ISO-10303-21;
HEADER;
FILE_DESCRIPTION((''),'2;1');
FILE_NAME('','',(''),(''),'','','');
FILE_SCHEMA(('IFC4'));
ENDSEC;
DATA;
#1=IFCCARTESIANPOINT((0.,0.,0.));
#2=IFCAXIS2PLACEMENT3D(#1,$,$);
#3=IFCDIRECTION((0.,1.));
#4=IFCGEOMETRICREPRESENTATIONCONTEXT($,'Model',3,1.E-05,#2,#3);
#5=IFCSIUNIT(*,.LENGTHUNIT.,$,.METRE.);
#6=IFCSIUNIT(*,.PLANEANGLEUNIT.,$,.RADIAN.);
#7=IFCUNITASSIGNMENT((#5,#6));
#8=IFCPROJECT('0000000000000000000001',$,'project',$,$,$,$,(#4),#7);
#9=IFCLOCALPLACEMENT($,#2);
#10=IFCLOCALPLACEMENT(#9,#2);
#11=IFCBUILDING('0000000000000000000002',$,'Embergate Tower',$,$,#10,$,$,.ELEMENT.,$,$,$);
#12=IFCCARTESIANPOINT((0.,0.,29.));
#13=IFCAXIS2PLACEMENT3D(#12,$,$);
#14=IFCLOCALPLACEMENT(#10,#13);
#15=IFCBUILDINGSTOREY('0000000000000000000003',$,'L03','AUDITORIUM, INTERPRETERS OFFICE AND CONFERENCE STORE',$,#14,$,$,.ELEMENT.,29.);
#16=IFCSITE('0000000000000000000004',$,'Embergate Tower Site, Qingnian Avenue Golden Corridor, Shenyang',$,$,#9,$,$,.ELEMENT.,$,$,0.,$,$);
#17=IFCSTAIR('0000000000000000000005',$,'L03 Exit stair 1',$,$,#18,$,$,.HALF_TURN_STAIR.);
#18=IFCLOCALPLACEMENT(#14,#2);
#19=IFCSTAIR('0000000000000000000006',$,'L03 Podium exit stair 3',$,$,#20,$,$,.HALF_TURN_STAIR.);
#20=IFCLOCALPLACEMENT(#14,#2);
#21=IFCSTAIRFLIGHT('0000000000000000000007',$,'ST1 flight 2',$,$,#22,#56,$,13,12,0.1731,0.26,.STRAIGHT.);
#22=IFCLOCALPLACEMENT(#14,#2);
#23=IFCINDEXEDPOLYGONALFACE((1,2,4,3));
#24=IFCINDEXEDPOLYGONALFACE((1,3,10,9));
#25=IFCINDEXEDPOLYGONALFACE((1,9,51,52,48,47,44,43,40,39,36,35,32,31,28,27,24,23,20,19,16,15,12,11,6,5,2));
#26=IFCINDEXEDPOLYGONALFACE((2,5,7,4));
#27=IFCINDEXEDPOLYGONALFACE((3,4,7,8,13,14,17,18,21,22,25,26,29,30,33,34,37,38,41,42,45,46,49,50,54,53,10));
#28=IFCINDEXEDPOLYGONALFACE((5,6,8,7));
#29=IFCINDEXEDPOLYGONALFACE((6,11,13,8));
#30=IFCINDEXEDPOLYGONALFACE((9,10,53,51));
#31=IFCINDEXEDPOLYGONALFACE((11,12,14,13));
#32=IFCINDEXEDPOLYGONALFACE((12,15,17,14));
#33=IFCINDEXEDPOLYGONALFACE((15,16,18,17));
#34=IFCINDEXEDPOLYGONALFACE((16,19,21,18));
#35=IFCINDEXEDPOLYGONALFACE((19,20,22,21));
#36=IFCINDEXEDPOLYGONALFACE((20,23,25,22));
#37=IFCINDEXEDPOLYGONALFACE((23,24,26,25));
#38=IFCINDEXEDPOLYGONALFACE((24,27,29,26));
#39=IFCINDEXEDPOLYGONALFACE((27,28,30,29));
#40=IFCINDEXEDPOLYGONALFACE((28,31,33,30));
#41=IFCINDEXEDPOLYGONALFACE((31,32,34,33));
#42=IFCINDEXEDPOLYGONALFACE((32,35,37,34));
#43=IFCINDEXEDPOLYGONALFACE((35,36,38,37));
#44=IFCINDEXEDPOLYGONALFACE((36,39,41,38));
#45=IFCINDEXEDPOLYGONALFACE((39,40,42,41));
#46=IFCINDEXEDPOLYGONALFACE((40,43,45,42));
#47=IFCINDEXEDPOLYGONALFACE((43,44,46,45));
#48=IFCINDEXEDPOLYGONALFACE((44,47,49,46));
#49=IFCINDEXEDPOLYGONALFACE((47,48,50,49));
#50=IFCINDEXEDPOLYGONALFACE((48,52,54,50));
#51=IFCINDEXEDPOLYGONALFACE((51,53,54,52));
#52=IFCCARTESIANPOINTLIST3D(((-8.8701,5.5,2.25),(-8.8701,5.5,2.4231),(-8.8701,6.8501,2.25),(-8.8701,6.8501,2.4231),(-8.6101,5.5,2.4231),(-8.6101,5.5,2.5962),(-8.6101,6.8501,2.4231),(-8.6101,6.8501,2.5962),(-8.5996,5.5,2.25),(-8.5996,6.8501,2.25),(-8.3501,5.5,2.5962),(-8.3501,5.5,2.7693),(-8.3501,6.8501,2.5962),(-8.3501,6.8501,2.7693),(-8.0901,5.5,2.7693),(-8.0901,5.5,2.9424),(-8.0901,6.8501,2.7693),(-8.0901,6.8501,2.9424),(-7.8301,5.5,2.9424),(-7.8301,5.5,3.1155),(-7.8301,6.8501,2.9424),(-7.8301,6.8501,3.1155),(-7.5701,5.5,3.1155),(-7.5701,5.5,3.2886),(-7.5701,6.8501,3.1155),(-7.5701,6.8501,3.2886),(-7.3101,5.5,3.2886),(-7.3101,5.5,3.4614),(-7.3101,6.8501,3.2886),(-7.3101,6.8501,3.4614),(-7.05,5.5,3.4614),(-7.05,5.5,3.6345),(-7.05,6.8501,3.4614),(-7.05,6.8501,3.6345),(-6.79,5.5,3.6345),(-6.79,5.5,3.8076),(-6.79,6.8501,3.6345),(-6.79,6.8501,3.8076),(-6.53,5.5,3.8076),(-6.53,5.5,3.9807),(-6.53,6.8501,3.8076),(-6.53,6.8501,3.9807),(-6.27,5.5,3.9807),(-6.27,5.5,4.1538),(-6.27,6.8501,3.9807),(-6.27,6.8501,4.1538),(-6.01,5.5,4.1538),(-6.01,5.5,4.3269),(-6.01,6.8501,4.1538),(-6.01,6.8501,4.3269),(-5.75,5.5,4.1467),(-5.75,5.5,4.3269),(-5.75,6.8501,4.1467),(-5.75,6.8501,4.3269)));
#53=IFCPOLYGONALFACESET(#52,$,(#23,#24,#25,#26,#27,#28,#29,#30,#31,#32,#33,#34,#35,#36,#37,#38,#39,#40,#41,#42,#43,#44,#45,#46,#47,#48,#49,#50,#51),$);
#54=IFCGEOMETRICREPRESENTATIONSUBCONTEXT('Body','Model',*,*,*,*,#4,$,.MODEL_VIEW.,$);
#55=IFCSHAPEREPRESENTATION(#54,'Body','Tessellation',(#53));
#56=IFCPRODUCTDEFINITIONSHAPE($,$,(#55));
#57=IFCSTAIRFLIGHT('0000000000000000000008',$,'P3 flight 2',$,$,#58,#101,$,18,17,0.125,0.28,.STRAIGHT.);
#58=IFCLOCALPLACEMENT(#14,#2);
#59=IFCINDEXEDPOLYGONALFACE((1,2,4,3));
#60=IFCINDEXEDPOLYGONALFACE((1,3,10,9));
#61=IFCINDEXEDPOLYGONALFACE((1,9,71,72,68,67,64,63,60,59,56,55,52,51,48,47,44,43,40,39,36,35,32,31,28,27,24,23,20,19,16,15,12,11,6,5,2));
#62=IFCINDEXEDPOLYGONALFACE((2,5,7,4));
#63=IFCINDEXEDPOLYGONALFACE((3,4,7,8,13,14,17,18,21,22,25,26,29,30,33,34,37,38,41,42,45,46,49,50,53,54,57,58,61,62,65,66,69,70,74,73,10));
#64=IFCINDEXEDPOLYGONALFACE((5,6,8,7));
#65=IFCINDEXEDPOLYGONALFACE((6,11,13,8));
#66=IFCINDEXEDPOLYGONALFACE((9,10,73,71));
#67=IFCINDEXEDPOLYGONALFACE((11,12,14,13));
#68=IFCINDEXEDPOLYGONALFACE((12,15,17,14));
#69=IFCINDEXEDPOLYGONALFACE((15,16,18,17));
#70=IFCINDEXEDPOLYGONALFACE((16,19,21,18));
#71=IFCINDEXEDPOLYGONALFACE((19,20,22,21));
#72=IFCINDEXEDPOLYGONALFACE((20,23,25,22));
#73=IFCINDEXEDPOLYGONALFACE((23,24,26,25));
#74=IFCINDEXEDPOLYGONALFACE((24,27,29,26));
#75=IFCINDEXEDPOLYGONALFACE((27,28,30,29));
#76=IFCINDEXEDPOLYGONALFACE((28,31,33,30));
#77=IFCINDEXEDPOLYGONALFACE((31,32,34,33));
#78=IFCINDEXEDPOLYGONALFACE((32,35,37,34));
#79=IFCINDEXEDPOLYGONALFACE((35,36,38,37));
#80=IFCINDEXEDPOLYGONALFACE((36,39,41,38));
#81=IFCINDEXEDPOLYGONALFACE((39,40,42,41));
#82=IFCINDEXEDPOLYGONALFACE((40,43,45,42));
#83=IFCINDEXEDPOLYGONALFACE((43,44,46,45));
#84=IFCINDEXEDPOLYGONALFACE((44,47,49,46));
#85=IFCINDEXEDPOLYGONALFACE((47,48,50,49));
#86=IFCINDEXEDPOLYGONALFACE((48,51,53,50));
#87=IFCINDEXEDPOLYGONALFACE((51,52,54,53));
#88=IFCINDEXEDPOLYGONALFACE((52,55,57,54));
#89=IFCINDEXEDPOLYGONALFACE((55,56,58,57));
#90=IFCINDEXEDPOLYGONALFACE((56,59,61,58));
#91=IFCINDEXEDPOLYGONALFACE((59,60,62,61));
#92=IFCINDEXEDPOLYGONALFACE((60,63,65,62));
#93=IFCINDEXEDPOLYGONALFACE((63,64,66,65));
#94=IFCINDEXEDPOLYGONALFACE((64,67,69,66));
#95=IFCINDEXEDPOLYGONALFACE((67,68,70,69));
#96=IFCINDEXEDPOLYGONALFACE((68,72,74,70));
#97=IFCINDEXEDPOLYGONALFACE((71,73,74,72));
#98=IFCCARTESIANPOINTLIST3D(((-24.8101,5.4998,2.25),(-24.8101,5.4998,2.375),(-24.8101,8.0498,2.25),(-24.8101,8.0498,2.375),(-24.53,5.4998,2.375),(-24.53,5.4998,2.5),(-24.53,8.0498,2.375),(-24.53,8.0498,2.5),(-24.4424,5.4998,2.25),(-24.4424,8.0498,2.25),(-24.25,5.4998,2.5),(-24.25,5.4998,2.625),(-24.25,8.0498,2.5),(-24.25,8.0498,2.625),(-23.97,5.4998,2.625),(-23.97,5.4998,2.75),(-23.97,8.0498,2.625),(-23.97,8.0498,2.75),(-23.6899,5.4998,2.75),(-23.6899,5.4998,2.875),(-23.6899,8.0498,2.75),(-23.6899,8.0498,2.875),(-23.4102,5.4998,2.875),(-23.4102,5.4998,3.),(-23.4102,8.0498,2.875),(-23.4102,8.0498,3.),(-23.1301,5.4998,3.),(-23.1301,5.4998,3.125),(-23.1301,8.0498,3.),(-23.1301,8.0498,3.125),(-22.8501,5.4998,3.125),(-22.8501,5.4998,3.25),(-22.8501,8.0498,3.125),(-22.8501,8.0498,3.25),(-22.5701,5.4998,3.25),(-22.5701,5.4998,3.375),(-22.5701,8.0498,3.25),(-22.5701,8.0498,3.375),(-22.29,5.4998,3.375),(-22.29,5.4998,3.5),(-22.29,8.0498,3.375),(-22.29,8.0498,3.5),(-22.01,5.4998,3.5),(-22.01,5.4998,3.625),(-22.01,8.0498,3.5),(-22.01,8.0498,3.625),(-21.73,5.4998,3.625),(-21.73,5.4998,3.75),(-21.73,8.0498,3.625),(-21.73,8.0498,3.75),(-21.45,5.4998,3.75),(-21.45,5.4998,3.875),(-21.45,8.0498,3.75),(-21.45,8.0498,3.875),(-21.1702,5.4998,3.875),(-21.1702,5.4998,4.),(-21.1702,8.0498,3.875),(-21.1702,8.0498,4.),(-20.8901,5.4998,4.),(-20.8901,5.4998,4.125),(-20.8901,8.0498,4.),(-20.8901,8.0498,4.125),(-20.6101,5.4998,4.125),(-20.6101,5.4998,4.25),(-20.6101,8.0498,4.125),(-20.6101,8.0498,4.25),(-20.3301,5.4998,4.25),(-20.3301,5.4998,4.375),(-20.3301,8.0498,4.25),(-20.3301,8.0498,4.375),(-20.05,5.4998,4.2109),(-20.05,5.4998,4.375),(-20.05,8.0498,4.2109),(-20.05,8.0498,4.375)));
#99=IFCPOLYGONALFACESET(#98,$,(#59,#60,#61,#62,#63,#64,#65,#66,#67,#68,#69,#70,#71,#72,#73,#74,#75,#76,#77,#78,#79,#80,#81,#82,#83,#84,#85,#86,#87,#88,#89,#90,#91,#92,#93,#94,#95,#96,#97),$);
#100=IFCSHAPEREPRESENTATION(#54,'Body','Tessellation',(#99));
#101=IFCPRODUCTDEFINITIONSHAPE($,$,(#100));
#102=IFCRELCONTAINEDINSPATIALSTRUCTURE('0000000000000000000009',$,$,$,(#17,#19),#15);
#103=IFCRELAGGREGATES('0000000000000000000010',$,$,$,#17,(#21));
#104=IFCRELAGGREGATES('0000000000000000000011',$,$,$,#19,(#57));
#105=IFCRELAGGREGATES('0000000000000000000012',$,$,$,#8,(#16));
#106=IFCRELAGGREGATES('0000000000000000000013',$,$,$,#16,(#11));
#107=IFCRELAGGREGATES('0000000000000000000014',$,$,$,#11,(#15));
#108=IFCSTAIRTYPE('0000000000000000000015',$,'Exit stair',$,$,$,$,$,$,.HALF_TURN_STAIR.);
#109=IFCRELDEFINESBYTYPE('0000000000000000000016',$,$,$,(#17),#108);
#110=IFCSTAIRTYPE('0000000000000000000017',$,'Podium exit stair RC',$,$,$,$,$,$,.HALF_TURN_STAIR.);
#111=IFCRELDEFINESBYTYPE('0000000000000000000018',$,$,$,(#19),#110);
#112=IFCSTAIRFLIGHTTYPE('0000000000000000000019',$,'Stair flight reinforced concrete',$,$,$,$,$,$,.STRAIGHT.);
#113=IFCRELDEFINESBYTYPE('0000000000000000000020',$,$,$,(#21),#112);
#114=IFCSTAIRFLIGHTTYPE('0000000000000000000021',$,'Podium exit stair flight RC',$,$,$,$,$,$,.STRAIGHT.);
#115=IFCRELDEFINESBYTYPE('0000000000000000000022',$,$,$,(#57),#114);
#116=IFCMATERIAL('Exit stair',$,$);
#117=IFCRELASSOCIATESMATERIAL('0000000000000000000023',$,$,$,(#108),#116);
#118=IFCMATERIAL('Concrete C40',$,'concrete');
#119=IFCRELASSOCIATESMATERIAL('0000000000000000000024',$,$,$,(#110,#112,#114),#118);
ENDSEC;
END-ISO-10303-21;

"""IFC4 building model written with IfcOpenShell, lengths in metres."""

from ifc_helpers import new_model, si_unit, direction, frame, origin, place, context, subcontext, project, spatial, polyline, outline, extrude, source, transform, mapped, material, type_object, element, aggregate, save


model = new_model("IFC4")

# Units and contexts
model_context = context("Model", 3, precision=1e-05, world=origin(), true_north=direction((0.0, 1.0)))
body_context = subcontext(model_context, "Body", "Model", "MODEL_VIEW")
ifc_project = project(units=[si_unit("LENGTHUNIT", "METRE"), si_unit("PLANEANGLEUNIT", "RADIAN")], contexts=[model_context])

# Site, building, storey
site_placement = place(None, origin())
site = spatial("IfcSite", under=ifc_project, at=site_placement, Name="Embergate Tower Site, Qingnian Avenue Golden Corridor, Shenyang", CompositionType="ELEMENT", RefElevation=0.0)
building_placement = place(site_placement, origin())
building = spatial("IfcBuilding", under=site, at=building_placement, Name="Embergate Tower", CompositionType="ELEMENT")
storey_placement = place(building_placement, frame((0.0, 0.0, 29.0)))
storey = spatial("IfcBuildingStorey", under=building, at=storey_placement, Name="L03", Description="AUDITORIUM, INTERPRETERS OFFICE AND CONFERENCE STORE", CompositionType="ELEMENT", Elevation=29.0)

# Stairs
ifc_material_1 = material(Name="Exit stair")
stair_type_1 = type_object("IfcStairType", Name="Exit stair", PredefinedType="HALF_TURN_STAIR", material=ifc_material_1)
stair_1_placement = place(storey_placement, origin())
stair_1 = element("IfcStair", 1, at=stair_1_placement, inside=storey, type_object=stair_type_1, Name="L03 Exit stair 1", PredefinedType="HALF_TURN_STAIR")
ifc_material_2 = material(Name="Concrete C40", Category="concrete")
stair_type_2 = type_object("IfcStairType", Name="Podium exit stair RC", PredefinedType="HALF_TURN_STAIR", material=ifc_material_2)
stair_2_placement = place(storey_placement, origin())
stair_2 = element("IfcStair", 2, at=stair_2_placement, inside=storey, type_object=stair_type_2, Name="L03 Podium exit stair 3", PredefinedType="HALF_TURN_STAIR")

# Stair flights
stair_flight_type_1 = type_object("IfcStairFlightType", Name="Stair flight reinforced concrete", PredefinedType="STRAIGHT", material=ifc_material_2)
shared_shape_1 = source(origin(), body_context, "Body", "SweptSolid", [
    extrude(outline(polyline([(0.0, 0.0), (0.0, 0.1731), (0.26, 0.1731), (0.26, 0.3462), (0.52, 0.3462), (0.52, 0.5193), (0.78, 0.5193), (0.78, 0.6924), (1.04, 0.6924), (1.04, 0.8655), (1.3, 0.8655), (1.3, 1.0386), (1.5601, 1.0386), (1.5601, 1.2114), (1.8201, 1.2114), (1.8201, 1.3845), (2.0801, 1.3845), (2.0801, 1.5576), (2.3401, 1.5576), (2.3401, 1.7307), (2.6001, 1.7307), (2.6001, 1.9038), (2.8601, 1.9038), (2.8601, 2.0769), (3.1201, 2.0769), (3.1201, 2.25), (3.1201, 1.8967), (0.2705, 0.0), (0.0, 0.0)])), frame((0.0, 0.675, 0.0), z_axis=(0.0, -1.0, 0.0), x_axis=(1.0, 0.0, 0.0)), (0.0, 0.0, 1.0), 1.3501),
])
stair_flight_1_placement = place(storey_placement, frame((-8.8701, 6.175, 2.25), z_axis=(0.0, 0.0, 1.0), x_axis=(1.0, 0.0, 0.0)))
stair_flight_1 = element("IfcStairFlight", 3, at=stair_flight_1_placement, type_object=stair_flight_type_1, Name="ST1 flight 2", NumberOfRisers=13, NumberOfTreads=12, PredefinedType="STRAIGHT", RiserHeight=0.1731, TreadLength=0.26, context=body_context, shape_type="MappedRepresentation", body=[
    mapped(shared_shape_1, transform((0.0, 0.0, 0.0))),
])
aggregate(stair_1, [stair_flight_1])
stair_flight_type_2 = type_object("IfcStairFlightType", Name="Podium exit stair flight RC", PredefinedType="STRAIGHT", material=ifc_material_2)
shared_shape_2 = source(origin(), body_context, "Body", "SweptSolid", [
    extrude(outline(polyline([(0.0, 0.0), (0.0, 0.125), (0.28, 0.125), (0.28, 0.25), (0.5601, 0.25), (0.5601, 0.375), (0.8401, 0.375), (0.8401, 0.5), (1.1201, 0.5), (1.1201, 0.625), (1.3999, 0.625), (1.3999, 0.75), (1.6799, 0.75), (1.6799, 0.875), (1.96, 0.875), (1.96, 1.0), (2.24, 1.0), (2.24, 1.125), (2.52, 1.125), (2.52, 1.25), (2.8, 1.25), (2.8, 1.375), (3.0801, 1.375), (3.0801, 1.5), (3.3601, 1.5), (3.3601, 1.625), (3.6399, 1.625), (3.6399, 1.75), (3.9199, 1.75), (3.9199, 1.875), (4.2, 1.875), (4.2, 2.0), (4.48, 2.0), (4.48, 2.125), (4.76, 2.125), (4.76, 2.25), (4.76, 1.9609), (0.3677, 0.0), (0.0, 0.0)])), frame((0.0, 1.2749, 0.0), z_axis=(0.0, -1.0, 0.0), x_axis=(1.0, 0.0, 0.0)), (0.0, 0.0, 1.0), 2.55),
])
stair_flight_2_placement = place(storey_placement, frame((-24.8101, 6.7749, 2.25), z_axis=(0.0, 0.0, 1.0), x_axis=(1.0, 0.0, 0.0)))
stair_flight_2 = element("IfcStairFlight", 4, at=stair_flight_2_placement, type_object=stair_flight_type_2, Name="P3 flight 2", NumberOfRisers=18, NumberOfTreads=17, PredefinedType="STRAIGHT", RiserHeight=0.125, TreadLength=0.28, context=body_context, shape_type="MappedRepresentation", body=[
    mapped(shared_shape_2, transform((0.0, 0.0, 0.0))),
])
aggregate(stair_2, [stair_flight_2])

save(model, "model.ifc")
